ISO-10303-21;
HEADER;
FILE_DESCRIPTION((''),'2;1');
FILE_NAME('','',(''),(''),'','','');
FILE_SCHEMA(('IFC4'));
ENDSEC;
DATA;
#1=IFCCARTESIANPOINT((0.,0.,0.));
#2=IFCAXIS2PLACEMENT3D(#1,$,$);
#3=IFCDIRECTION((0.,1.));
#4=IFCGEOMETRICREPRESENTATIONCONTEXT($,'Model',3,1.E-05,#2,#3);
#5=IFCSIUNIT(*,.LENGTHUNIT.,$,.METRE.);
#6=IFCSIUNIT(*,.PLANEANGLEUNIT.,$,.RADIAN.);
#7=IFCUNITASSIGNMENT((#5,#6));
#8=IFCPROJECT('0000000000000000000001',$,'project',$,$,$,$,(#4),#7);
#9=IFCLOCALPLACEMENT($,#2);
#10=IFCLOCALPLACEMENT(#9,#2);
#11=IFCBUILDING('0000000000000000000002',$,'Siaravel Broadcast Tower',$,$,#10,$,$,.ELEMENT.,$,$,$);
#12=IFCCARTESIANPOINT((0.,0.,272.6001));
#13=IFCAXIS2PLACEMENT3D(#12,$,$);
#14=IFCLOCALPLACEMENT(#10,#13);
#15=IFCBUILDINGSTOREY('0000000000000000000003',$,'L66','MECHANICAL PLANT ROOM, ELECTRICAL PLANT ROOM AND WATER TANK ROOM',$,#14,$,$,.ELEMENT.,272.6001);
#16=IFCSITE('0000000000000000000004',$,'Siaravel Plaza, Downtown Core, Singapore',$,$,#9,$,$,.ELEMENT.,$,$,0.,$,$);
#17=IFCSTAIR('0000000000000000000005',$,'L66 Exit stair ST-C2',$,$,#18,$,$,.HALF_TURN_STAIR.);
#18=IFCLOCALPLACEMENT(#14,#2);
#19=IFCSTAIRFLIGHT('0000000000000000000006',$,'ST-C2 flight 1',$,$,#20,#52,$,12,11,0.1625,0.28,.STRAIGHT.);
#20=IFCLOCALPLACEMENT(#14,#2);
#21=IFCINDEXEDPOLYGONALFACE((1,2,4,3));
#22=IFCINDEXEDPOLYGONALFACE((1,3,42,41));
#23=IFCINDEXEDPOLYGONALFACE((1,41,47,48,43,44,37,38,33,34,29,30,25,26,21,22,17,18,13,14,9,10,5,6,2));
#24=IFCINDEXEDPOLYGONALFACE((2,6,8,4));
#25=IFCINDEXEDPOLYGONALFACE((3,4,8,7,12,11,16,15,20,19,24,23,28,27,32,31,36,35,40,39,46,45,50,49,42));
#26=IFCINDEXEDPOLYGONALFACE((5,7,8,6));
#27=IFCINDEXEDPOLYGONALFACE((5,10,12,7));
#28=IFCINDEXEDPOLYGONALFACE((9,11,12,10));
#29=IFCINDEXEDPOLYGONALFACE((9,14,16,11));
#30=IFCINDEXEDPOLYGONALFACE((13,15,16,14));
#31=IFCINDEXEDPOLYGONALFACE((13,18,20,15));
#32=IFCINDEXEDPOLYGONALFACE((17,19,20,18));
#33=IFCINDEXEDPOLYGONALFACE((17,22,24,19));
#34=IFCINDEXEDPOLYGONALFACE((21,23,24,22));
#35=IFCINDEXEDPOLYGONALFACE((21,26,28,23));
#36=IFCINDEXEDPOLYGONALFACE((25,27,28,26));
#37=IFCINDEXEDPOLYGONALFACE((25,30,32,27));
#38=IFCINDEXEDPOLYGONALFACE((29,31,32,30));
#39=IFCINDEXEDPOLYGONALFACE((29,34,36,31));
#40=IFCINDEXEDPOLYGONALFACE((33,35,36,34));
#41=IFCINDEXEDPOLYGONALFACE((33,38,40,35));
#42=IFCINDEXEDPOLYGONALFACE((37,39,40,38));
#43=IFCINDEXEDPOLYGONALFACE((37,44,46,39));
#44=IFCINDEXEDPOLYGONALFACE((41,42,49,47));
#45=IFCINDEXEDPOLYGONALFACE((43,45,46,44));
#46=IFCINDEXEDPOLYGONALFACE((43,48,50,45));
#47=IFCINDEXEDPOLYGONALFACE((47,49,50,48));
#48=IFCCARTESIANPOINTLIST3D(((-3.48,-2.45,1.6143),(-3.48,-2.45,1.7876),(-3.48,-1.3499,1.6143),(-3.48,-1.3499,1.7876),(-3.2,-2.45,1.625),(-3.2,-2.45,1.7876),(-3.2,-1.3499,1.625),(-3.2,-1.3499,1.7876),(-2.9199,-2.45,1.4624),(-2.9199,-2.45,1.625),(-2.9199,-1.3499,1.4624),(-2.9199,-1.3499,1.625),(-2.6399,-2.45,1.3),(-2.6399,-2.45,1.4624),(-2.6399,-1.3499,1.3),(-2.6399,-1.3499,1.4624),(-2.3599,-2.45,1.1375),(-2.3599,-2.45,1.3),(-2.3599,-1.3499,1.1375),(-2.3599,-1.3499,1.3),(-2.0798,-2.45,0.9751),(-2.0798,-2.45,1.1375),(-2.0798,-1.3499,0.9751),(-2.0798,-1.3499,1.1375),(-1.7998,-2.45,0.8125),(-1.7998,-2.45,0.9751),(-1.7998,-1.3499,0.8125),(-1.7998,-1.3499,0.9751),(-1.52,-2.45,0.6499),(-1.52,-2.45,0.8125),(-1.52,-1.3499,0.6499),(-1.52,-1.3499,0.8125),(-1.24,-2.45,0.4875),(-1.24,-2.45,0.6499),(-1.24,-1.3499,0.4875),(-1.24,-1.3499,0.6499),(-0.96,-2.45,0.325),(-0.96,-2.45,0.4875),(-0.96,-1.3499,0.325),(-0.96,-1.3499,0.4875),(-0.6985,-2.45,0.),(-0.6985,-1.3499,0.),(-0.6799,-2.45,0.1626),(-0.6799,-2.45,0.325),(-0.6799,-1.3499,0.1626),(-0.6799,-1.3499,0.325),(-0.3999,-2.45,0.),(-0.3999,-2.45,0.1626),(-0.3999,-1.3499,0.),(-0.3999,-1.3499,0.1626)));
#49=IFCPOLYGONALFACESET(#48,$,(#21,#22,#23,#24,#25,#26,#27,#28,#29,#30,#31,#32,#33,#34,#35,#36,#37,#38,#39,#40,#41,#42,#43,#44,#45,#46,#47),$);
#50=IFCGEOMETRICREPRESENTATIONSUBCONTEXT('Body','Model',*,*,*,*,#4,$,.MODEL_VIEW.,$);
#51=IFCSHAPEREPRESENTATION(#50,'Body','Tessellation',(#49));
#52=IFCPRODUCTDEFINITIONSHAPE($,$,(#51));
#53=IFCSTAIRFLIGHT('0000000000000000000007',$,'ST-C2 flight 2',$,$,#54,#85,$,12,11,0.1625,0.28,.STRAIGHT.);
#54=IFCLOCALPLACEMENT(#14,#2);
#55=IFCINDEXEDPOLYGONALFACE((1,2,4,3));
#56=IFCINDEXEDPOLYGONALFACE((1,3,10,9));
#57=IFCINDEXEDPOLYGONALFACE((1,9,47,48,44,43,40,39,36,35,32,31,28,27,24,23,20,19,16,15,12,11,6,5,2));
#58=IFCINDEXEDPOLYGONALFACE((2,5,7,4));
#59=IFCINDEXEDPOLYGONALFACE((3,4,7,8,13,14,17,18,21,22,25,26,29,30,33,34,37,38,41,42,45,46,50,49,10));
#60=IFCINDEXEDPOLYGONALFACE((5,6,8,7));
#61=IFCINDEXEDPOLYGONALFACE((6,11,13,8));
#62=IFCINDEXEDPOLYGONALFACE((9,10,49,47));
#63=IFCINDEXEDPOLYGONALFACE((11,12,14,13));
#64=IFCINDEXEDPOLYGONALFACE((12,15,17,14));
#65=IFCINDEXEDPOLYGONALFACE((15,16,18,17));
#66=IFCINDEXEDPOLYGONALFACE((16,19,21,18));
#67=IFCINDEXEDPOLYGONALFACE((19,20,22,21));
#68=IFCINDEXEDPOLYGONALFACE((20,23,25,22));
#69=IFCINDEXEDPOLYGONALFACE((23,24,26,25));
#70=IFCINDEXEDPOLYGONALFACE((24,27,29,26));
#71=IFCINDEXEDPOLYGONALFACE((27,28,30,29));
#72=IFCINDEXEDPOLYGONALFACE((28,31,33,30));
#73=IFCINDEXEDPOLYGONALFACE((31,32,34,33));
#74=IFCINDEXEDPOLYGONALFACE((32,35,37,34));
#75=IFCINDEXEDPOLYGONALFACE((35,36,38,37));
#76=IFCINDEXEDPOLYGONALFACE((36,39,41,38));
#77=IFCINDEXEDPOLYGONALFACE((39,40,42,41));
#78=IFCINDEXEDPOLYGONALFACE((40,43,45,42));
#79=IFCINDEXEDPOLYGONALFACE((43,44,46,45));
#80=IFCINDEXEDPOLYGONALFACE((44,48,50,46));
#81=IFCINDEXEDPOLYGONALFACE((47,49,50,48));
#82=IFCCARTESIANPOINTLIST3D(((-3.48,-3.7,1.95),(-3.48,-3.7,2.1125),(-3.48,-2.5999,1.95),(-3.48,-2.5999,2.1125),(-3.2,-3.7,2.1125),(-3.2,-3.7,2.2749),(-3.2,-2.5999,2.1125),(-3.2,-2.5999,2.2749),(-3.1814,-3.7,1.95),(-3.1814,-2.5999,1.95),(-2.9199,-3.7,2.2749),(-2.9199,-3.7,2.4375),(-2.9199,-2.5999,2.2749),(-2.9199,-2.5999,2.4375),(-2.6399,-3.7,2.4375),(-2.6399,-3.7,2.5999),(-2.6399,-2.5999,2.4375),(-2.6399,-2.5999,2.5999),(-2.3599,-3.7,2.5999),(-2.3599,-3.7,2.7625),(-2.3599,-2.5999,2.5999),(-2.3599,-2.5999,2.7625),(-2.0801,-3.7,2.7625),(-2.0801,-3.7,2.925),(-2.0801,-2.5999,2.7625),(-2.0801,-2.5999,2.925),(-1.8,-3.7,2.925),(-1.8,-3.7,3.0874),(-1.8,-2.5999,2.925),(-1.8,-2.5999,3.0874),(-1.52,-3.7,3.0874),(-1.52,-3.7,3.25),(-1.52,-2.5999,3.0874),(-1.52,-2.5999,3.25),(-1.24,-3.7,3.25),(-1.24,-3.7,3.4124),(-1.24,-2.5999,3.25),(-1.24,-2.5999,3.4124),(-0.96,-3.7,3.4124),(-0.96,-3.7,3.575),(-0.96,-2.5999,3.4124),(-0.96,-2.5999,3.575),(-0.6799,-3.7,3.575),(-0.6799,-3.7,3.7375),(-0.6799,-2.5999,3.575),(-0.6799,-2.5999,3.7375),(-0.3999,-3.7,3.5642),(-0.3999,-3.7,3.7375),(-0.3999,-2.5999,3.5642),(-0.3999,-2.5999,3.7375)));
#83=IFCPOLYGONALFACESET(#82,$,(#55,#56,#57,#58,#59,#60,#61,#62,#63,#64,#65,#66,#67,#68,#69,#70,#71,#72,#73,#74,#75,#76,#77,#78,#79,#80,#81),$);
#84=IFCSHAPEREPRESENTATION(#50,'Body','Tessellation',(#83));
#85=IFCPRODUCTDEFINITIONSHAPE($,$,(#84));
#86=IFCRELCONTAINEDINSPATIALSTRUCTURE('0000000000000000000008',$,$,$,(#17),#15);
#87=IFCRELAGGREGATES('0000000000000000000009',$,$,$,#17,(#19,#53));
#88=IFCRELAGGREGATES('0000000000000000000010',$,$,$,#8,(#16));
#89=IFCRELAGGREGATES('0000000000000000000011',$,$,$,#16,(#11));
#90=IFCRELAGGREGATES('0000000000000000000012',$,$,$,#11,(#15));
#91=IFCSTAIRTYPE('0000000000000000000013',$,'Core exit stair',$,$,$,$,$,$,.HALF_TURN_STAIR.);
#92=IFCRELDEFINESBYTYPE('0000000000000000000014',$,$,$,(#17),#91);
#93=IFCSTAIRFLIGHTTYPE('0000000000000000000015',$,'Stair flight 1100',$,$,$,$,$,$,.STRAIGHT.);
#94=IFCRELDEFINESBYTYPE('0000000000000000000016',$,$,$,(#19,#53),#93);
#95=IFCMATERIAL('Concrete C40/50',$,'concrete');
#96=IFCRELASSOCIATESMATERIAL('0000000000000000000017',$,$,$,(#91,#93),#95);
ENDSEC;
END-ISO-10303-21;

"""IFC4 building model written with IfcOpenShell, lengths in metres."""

from ifc_helpers import new_model, si_unit, direction, frame, origin, place, context, subcontext, project, spatial, polyline, outline, extrude, material, type_object, element, aggregate, save


model = new_model("IFC4")

# Units and contexts
model_context = context("Model", 3, precision=1e-05, world=origin(), true_north=direction((0.0, 1.0)))
body_context = subcontext(model_context, "Body", "Model", "MODEL_VIEW")
ifc_project = project(units=[si_unit("LENGTHUNIT", "METRE"), si_unit("PLANEANGLEUNIT", "RADIAN")], contexts=[model_context])

# Site, building, storey
site_placement = place(None, origin())
site = spatial("IfcSite", under=ifc_project, at=site_placement, Name="Siaravel Plaza, Downtown Core, Singapore", CompositionType="ELEMENT", RefElevation=0.0)
building_placement = place(site_placement, origin())
building = spatial("IfcBuilding", under=site, at=building_placement, Name="Siaravel Broadcast Tower", CompositionType="ELEMENT")
storey_placement = place(building_placement, frame((0.0, 0.0, 272.6001)))
storey = spatial("IfcBuildingStorey", under=building, at=storey_placement, Name="L66", Description="MECHANICAL PLANT ROOM, ELECTRICAL PLANT ROOM AND WATER TANK ROOM", CompositionType="ELEMENT", Elevation=272.6001)

# Stair, stair flights
ifc_material_1 = material(Name="Concrete C40/50", Category="concrete")
stair_type = type_object("IfcStairType", Name="Core exit stair", PredefinedType="HALF_TURN_STAIR", material=ifc_material_1)
stair_placement = place(storey_placement, origin())
stair = element("IfcStair", 1, at=stair_placement, inside=storey, type_object=stair_type, Name="L66 Exit stair ST-C2", PredefinedType="HALF_TURN_STAIR")
stair_flight_type = type_object("IfcStairFlightType", Name="Stair flight 1100", PredefinedType="STRAIGHT", material=ifc_material_1)
stair_flight_1_placement = place(storey_placement, frame((-0.3999, -1.8999, 0.0), z_axis=(0.0, 0.0, 1.0), x_axis=(-1.0, 0.0, 0.0)))
stair_flight_1 = element("IfcStairFlight", 2, at=stair_flight_1_placement, type_object=stair_flight_type, Name="ST-C2 flight 1", NumberOfRisers=12, NumberOfTreads=11, PredefinedType="STRAIGHT", RiserHeight=0.1625, TreadLength=0.28, context=body_context, shape_type="SweptSolid", body=[
    extrude(outline(polyline([(0.0, 0.0), (0.0, 0.1626), (0.28, 0.1626), (0.28, 0.325), (0.5601, 0.325), (0.5601, 0.4875), (0.8401, 0.4875), (0.8401, 0.6499), (1.1201, 0.6499), (1.1201, 0.8125), (1.3999, 0.8125), (1.3999, 0.9751), (1.6799, 0.9751), (1.6799, 1.1375), (1.96, 1.1375), (1.96, 1.3), (2.24, 1.3), (2.24, 1.4624), (2.52, 1.4624), (2.52, 1.625), (2.8, 1.625), (2.8, 1.7876), (3.0801, 1.7876), (3.0801, 1.95), (3.0801, 1.6143), (0.2986, 0.0), (0.0, 0.0)])), frame((0.0, 0.55, 0.0), z_axis=(0.0, -1.0, 0.0), x_axis=(1.0, 0.0, 0.0)), (0.0, 0.0, 1.0), 1.1001),
])
stair_flight_2_placement = place(storey_placement, frame((-3.48, -3.1499, 1.95), z_axis=(0.0, 0.0, 1.0), x_axis=(1.0, 0.0, 0.0)))
stair_flight_2 = element("IfcStairFlight", 3, at=stair_flight_2_placement, type_object=stair_flight_type, Name="ST-C2 flight 2", NumberOfRisers=12, NumberOfTreads=11, PredefinedType="STRAIGHT", RiserHeight=0.1625, TreadLength=0.28, context=body_context, shape_type="SweptSolid", body=[
    extrude(outline(polyline([(0.0, 0.0), (0.0, 0.1626), (0.28, 0.1626), (0.28, 0.325), (0.5601, 0.325), (0.5601, 0.4875), (0.8401, 0.4875), (0.8401, 0.6499), (1.1201, 0.6499), (1.1201, 0.8125), (1.3999, 0.8125), (1.3999, 0.9751), (1.6799, 0.9751), (1.6799, 1.1375), (1.96, 1.1375), (1.96, 1.3), (2.24, 1.3), (2.24, 1.4624), (2.52, 1.4624), (2.52, 1.625), (2.8, 1.625), (2.8, 1.7876), (3.0801, 1.7876), (3.0801, 1.95), (3.0801, 1.6143), (0.2986, 0.0), (0.0, 0.0)])), frame((0.0, 0.55, 0.0), z_axis=(0.0, -1.0, 0.0), x_axis=(1.0, 0.0, 0.0)), (0.0, 0.0, 1.0), 1.1001),
])
aggregate(stair, [stair_flight_1, stair_flight_2])

save(model, "model.ifc")
